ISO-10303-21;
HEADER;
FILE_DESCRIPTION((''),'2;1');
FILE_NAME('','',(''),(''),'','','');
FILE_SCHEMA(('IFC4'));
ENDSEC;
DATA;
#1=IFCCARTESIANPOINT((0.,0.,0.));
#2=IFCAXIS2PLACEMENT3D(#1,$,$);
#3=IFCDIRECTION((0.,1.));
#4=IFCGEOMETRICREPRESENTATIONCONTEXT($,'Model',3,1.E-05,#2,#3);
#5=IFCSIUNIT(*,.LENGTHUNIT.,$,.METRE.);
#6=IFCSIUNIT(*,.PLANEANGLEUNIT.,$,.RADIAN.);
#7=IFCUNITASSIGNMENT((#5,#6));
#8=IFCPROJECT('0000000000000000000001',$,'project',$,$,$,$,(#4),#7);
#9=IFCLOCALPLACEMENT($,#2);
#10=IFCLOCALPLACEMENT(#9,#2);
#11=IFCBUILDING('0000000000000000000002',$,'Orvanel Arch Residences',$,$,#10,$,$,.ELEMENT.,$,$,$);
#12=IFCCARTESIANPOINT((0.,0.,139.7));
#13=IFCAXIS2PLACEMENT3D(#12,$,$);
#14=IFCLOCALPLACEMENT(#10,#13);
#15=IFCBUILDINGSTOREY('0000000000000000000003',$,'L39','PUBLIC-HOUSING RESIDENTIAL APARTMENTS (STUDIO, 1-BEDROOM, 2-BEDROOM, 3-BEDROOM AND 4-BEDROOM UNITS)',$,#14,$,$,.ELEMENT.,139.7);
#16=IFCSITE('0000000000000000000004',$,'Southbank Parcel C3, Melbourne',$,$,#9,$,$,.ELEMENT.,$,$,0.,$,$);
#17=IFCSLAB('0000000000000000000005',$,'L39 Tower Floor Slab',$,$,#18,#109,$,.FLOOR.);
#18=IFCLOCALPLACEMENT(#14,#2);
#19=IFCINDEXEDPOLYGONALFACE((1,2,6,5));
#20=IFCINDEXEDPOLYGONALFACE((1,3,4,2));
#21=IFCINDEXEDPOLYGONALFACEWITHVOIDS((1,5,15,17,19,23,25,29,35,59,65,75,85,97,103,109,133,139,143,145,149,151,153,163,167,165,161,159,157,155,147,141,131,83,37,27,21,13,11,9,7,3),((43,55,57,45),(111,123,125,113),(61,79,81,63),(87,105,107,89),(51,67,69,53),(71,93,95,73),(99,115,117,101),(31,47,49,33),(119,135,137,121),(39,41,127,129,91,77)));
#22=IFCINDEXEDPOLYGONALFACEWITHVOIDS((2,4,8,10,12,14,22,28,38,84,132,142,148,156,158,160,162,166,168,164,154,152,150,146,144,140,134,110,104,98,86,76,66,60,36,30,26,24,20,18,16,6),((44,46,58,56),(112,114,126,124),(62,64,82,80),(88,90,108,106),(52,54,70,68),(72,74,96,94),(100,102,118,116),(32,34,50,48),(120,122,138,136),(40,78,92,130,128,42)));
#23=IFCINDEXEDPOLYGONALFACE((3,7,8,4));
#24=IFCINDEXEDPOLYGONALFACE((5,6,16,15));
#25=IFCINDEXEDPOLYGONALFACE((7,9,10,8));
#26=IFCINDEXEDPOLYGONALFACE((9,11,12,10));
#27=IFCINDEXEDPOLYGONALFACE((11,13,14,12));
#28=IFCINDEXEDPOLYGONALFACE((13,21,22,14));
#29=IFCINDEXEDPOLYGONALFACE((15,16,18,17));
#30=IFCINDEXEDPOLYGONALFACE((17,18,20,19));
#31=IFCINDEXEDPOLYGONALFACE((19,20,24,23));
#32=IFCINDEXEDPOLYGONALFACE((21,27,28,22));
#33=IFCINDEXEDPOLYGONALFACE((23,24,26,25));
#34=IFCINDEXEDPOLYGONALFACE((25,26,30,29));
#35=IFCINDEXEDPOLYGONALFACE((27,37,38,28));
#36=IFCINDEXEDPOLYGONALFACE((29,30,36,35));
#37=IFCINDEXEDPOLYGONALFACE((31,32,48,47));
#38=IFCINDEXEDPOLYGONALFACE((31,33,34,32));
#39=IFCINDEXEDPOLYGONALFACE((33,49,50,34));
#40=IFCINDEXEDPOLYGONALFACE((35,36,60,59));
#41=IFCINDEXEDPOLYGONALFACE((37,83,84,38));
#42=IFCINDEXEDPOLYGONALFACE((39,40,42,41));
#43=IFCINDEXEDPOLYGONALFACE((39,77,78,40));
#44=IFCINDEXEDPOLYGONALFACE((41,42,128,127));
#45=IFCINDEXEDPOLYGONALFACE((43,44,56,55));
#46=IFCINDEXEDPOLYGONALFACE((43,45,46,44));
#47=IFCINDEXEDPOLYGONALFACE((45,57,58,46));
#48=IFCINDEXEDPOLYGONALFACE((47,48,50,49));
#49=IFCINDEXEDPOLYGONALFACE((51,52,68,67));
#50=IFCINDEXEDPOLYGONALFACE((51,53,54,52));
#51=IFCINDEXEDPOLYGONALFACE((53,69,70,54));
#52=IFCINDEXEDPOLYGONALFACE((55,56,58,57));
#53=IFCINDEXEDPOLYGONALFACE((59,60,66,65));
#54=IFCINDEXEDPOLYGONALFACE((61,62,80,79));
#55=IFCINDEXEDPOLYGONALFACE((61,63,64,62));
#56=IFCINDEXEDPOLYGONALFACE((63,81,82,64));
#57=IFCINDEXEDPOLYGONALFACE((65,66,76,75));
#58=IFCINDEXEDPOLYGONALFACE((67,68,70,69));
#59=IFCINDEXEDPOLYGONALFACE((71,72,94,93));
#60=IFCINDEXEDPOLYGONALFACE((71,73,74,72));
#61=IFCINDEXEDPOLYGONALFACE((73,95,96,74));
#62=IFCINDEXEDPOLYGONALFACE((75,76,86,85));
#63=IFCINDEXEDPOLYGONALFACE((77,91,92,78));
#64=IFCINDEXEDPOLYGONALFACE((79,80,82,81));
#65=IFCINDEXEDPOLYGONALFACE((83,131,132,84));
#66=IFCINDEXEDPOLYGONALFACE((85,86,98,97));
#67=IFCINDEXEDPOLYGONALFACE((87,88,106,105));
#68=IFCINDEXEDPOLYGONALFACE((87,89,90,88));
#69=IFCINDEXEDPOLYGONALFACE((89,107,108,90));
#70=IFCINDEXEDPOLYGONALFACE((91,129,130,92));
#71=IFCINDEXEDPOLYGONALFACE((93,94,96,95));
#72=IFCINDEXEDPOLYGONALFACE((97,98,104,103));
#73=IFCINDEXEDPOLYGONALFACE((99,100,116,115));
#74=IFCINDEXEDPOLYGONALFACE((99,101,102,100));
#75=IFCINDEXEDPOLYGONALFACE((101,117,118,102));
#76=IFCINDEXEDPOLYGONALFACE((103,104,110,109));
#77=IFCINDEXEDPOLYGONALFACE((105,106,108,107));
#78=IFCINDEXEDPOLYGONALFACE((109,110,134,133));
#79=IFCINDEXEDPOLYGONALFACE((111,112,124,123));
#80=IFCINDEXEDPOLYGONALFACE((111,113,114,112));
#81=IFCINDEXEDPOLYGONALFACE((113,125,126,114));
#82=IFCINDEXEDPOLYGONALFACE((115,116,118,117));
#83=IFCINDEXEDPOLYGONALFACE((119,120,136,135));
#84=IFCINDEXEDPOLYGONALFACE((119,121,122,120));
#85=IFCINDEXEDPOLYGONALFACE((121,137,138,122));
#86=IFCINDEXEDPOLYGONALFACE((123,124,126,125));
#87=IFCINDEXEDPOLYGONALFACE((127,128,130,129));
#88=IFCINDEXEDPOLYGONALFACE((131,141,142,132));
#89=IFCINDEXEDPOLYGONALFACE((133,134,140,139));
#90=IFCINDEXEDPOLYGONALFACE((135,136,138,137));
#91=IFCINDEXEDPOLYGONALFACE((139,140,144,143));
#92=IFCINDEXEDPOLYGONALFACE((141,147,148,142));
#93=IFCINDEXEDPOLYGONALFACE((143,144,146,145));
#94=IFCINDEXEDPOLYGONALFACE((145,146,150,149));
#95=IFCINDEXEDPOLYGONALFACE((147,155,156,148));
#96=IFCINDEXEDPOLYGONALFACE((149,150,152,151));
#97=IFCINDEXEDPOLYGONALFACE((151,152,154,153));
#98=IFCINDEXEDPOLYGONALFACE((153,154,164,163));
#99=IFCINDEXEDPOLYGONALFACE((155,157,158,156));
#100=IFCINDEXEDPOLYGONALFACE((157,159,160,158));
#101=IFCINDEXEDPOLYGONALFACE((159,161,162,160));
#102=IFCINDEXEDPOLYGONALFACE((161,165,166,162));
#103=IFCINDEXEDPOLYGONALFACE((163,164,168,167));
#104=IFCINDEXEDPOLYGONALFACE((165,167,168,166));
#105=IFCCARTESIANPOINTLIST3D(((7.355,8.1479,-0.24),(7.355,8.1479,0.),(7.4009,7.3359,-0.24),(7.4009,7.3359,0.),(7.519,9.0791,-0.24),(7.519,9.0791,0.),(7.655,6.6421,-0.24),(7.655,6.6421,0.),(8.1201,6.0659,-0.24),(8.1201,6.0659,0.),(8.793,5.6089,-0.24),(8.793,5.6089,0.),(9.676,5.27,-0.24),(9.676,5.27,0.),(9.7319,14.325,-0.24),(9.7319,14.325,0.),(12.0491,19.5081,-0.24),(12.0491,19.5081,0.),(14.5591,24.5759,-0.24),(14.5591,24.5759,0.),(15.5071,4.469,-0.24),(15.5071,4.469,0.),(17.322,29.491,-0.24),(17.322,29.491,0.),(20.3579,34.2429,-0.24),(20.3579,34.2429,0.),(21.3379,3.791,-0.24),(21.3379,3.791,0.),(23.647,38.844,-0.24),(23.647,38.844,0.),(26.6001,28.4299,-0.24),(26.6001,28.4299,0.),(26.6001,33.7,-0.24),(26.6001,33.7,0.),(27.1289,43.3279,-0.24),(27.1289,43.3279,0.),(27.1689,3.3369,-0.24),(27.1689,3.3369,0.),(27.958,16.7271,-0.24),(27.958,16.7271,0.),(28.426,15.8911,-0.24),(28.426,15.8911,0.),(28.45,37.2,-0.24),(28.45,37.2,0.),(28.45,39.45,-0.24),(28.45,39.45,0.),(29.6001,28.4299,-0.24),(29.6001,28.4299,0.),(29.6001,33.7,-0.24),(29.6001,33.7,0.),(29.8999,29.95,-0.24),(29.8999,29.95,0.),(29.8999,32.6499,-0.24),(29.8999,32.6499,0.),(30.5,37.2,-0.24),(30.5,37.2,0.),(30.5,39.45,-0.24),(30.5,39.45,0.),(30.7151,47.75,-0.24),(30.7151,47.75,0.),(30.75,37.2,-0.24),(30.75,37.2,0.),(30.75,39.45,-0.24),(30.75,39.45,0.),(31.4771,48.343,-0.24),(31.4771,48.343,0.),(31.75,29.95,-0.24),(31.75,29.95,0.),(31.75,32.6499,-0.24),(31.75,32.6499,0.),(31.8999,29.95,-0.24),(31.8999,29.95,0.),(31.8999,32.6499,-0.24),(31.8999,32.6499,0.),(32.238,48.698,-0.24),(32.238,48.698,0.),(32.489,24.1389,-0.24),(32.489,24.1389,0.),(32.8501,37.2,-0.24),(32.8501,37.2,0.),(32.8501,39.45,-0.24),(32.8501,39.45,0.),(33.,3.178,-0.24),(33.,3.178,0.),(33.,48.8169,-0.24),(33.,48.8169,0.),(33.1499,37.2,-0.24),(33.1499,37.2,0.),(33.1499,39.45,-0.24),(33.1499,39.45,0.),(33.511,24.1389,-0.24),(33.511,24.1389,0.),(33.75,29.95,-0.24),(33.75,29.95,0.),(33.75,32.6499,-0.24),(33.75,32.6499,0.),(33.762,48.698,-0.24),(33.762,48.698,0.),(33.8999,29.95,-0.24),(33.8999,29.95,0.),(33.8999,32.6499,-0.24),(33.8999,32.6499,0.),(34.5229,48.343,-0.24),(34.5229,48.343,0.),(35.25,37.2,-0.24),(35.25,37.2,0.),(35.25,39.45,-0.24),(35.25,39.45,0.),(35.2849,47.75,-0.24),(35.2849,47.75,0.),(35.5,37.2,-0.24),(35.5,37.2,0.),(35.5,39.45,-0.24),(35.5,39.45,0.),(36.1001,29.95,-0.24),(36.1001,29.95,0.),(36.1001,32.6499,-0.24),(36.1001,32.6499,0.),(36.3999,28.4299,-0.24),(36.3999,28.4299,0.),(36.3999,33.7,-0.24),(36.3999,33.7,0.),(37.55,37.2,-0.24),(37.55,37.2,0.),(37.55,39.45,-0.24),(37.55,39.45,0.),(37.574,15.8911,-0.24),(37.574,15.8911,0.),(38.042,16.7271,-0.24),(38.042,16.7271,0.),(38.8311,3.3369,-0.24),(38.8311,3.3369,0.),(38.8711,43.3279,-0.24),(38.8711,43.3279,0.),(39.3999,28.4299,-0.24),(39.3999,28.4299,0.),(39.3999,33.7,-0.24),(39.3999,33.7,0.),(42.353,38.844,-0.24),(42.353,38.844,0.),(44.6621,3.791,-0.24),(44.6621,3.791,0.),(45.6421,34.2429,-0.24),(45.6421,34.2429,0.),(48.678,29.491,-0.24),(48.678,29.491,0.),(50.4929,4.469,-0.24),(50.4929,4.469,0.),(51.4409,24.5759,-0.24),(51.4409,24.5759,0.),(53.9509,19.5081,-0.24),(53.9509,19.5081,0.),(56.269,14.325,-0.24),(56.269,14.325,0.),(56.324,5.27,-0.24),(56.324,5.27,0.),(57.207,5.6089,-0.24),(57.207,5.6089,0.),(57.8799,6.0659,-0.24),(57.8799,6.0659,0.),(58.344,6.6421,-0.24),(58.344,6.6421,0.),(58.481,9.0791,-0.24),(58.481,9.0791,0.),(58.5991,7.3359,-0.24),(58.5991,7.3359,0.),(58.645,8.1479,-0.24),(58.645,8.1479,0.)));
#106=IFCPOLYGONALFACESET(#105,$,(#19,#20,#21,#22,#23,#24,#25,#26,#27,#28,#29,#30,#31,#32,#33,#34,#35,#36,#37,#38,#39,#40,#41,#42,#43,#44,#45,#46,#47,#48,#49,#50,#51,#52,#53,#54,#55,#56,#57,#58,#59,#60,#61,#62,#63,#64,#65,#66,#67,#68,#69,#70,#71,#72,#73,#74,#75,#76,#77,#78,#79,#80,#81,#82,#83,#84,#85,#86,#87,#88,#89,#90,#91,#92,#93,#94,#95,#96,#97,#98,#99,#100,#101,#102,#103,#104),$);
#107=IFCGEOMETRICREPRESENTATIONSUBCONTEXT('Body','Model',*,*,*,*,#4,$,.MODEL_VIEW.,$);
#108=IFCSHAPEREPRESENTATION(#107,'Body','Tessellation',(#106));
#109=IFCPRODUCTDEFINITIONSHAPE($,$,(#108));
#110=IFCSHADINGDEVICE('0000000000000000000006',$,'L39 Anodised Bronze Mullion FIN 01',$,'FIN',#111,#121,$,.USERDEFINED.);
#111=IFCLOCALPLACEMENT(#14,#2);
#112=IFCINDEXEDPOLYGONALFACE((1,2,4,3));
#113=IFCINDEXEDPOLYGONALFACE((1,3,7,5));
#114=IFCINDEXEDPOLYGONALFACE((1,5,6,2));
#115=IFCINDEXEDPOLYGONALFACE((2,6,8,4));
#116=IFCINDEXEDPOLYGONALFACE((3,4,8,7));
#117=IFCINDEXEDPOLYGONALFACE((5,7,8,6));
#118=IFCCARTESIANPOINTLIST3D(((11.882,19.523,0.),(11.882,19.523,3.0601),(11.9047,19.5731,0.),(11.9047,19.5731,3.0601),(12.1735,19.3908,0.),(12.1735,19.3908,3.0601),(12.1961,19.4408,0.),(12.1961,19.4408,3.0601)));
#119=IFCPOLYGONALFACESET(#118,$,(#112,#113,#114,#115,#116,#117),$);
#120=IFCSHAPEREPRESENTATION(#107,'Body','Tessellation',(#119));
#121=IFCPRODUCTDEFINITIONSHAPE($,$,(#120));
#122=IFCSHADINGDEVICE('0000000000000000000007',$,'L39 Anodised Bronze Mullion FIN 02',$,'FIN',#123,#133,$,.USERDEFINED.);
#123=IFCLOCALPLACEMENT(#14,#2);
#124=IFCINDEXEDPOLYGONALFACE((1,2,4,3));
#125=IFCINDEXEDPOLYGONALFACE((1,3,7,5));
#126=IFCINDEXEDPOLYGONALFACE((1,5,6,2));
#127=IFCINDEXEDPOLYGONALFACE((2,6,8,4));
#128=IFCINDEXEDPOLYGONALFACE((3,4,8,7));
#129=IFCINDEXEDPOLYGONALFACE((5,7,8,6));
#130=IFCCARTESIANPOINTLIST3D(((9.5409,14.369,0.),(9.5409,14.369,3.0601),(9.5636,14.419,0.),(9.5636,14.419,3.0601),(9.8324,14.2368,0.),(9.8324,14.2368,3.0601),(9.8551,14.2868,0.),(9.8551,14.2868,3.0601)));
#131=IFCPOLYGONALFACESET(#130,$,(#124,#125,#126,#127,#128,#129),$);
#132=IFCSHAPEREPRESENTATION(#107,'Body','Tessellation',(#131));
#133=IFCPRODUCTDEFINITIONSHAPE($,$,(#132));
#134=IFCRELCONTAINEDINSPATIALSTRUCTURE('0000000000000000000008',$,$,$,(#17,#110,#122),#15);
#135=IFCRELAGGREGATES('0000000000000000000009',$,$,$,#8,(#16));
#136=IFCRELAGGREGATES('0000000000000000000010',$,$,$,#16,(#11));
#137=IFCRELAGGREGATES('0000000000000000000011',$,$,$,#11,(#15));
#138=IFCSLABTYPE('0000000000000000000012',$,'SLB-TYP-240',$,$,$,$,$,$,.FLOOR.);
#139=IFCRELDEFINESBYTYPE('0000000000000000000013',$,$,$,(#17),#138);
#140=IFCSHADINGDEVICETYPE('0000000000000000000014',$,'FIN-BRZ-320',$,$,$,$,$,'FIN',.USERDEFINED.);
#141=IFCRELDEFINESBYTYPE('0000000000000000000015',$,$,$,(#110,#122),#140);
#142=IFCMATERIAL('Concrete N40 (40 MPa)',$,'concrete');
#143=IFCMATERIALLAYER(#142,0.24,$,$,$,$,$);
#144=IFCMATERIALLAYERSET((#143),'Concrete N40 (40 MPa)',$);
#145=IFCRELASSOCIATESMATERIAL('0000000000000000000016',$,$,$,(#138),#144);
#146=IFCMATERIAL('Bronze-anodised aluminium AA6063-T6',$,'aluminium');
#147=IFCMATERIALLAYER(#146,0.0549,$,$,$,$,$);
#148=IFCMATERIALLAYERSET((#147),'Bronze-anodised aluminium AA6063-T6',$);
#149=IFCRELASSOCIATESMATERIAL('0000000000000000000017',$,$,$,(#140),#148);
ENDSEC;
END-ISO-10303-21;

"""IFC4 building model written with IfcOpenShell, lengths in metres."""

from ifc_helpers import new_model, si_unit, direction, frame, origin, origin_2d, place, context, subcontext, project, spatial, polyline, rectangle, outline, extrude, material, layer, layer_set, type_object, element, save


model = new_model("IFC4")

# Units and contexts
model_context = context("Model", 3, precision=1e-05, world=origin(), true_north=direction((0.0, 1.0)))
body_context = subcontext(model_context, "Body", "Model", "MODEL_VIEW")
ifc_project = project(units=[si_unit("LENGTHUNIT", "METRE"), si_unit("PLANEANGLEUNIT", "RADIAN")], contexts=[model_context])

# Site, building, storey
site_placement = place(None, origin())
site = spatial("IfcSite", under=ifc_project, at=site_placement, Name="Southbank Parcel C3, Melbourne", CompositionType="ELEMENT", RefElevation=0.0)
building_placement = place(site_placement, origin())
building = spatial("IfcBuilding", under=site, at=building_placement, Name="Orvanel Arch Residences", CompositionType="ELEMENT")
storey_placement = place(building_placement, frame((0.0, 0.0, 139.7)))
storey = spatial("IfcBuildingStorey", under=building, at=storey_placement, Name="L39", Description="PUBLIC-HOUSING RESIDENTIAL APARTMENTS (STUDIO, 1-BEDROOM, 2-BEDROOM, 3-BEDROOM AND 4-BEDROOM UNITS)", CompositionType="ELEMENT", Elevation=139.7)

# Shared definitions
ifc_material_1 = material(Name="Bronze-anodised aluminium AA6063-T6", Category="aluminium")

# Shared definitions
ifc_material_2 = material(Name="Concrete N40 (40 MPa)", Category="concrete")

# Slab
ifc_layer_1 = layer(ifc_material_2, 0.24)
ifc_layer_set_1 = layer_set([ifc_layer_1], Name="Concrete N40 (40 MPa)")
slab_type_1 = type_object("IfcSlabType", Name="SLB-TYP-240", PredefinedType="FLOOR", material=ifc_layer_set_1)
slab_1_placement = place(storey_placement, frame((0.0, 0.0, -0.24)))
element("IfcSlab", 1, at=slab_1_placement, inside=storey, type_object=slab_type_1, Name="L39 Tower Floor Slab", PredefinedType="FLOOR", context=body_context, shape_type="SweptSolid", body=[
    extrude(outline(polyline([(35.2849, 47.75), (34.5229, 48.343), (33.762, 48.698), (33.0, 48.8169), (32.238, 48.698), (31.4771, 48.343), (30.7151, 47.75), (27.1289, 43.3279), (23.647, 38.844), (20.3579, 34.2429), (17.322, 29.491), (14.5591, 24.5759), (12.0491, 19.5081), (9.7319, 14.325), (7.519, 9.0791), (7.355, 8.1479), (7.4009, 7.3359), (7.655, 6.6421), (8.1201, 6.0659), (8.793, 5.6089), (9.676, 5.27), (15.5071, 4.469), (21.3379, 3.791), (27.1689, 3.3369), (33.0, 3.178), (38.8311, 3.3369), (44.6621, 3.791), (50.4929, 4.469), (56.324, 5.27), (57.207, 5.6089), (57.8799, 6.0659), (58.344, 6.6421), (58.5991, 7.3359), (58.645, 8.1479), (58.481, 9.0791), (56.269, 14.325), (53.9509, 19.5081), (51.4409, 24.5759), (48.678, 29.491), (45.6421, 34.2429), (42.353, 38.844), (38.8711, 43.3279), (35.2849, 47.75)]), holes=[polyline([(26.6001, 28.4299), (26.6001, 33.7), (29.6001, 33.7), (29.6001, 28.4299), (26.6001, 28.4299)]), polyline([(36.3999, 28.4299), (36.3999, 33.7), (39.3999, 33.7), (39.3999, 28.4299), (36.3999, 28.4299)]), polyline([(29.8999, 32.6499), (31.75, 32.6499), (31.75, 29.95), (29.8999, 29.95), (29.8999, 32.6499)]), polyline([(31.8999, 32.6499), (33.75, 32.6499), (33.75, 29.95), (31.8999, 29.95), (31.8999, 32.6499)]), polyline([(33.8999, 32.6499), (36.1001, 32.6499), (36.1001, 29.95), (33.8999, 29.95), (33.8999, 32.6499)]), polyline([(28.45, 39.45), (30.5, 39.45), (30.5, 37.2), (28.45, 37.2), (28.45, 39.45)]), polyline([(35.5, 39.45), (37.55, 39.45), (37.55, 37.2), (35.5, 37.2), (35.5, 39.45)]), polyline([(30.75, 39.45), (32.8501, 39.45), (32.8501, 37.2), (30.75, 37.2), (30.75, 39.45)]), polyline([(33.1499, 39.45), (35.25, 39.45), (35.25, 37.2), (33.1499, 37.2), (33.1499, 39.45)]), polyline([(38.042, 16.7271), (37.574, 15.8911), (28.426, 15.8911), (27.958, 16.7271), (32.489, 24.1389), (33.511, 24.1389), (38.042, 16.7271)])]), origin(), (0.0, 0.0, 1.0), 0.24),
])

# Shading devices
ifc_layer_2 = layer(ifc_material_1, 0.0549)
ifc_layer_set_2 = layer_set([ifc_layer_2], Name="Bronze-anodised aluminium AA6063-T6")
shading_device_type = type_object("IfcShadingDeviceType", Name="FIN-BRZ-320", ElementType="FIN", PredefinedType="USERDEFINED", material=ifc_layer_set_2)
for number, where, z_axis, x_axis, name in (
    (2, (12.0391, 19.4819, 0.0), (0.0, 0.0, 1.0), (-0.910684, 0.413104, 0.0), "L39 Anodised Bronze Mullion FIN 01"),
    (3, (9.698, 14.3279, 0.0), (0.0, 0.0, 1.0), (-0.910684, 0.413104, 0.0), "L39 Anodised Bronze Mullion FIN 02"),
):
    element("IfcShadingDevice", number, at=place(storey_placement, frame(where, z_axis=z_axis, x_axis=x_axis)), inside=storey, type_object=shading_device_type, Name=name, ObjectType="FIN", PredefinedType="USERDEFINED", context=body_context, shape_type="SweptSolid", body=[
        extrude(rectangle(XDim=0.3201, YDim=0.0549, at=origin_2d()), origin(), (0.0, 0.0, 1.0), 3.0601),
    ])

save(model, "model.ifc")
